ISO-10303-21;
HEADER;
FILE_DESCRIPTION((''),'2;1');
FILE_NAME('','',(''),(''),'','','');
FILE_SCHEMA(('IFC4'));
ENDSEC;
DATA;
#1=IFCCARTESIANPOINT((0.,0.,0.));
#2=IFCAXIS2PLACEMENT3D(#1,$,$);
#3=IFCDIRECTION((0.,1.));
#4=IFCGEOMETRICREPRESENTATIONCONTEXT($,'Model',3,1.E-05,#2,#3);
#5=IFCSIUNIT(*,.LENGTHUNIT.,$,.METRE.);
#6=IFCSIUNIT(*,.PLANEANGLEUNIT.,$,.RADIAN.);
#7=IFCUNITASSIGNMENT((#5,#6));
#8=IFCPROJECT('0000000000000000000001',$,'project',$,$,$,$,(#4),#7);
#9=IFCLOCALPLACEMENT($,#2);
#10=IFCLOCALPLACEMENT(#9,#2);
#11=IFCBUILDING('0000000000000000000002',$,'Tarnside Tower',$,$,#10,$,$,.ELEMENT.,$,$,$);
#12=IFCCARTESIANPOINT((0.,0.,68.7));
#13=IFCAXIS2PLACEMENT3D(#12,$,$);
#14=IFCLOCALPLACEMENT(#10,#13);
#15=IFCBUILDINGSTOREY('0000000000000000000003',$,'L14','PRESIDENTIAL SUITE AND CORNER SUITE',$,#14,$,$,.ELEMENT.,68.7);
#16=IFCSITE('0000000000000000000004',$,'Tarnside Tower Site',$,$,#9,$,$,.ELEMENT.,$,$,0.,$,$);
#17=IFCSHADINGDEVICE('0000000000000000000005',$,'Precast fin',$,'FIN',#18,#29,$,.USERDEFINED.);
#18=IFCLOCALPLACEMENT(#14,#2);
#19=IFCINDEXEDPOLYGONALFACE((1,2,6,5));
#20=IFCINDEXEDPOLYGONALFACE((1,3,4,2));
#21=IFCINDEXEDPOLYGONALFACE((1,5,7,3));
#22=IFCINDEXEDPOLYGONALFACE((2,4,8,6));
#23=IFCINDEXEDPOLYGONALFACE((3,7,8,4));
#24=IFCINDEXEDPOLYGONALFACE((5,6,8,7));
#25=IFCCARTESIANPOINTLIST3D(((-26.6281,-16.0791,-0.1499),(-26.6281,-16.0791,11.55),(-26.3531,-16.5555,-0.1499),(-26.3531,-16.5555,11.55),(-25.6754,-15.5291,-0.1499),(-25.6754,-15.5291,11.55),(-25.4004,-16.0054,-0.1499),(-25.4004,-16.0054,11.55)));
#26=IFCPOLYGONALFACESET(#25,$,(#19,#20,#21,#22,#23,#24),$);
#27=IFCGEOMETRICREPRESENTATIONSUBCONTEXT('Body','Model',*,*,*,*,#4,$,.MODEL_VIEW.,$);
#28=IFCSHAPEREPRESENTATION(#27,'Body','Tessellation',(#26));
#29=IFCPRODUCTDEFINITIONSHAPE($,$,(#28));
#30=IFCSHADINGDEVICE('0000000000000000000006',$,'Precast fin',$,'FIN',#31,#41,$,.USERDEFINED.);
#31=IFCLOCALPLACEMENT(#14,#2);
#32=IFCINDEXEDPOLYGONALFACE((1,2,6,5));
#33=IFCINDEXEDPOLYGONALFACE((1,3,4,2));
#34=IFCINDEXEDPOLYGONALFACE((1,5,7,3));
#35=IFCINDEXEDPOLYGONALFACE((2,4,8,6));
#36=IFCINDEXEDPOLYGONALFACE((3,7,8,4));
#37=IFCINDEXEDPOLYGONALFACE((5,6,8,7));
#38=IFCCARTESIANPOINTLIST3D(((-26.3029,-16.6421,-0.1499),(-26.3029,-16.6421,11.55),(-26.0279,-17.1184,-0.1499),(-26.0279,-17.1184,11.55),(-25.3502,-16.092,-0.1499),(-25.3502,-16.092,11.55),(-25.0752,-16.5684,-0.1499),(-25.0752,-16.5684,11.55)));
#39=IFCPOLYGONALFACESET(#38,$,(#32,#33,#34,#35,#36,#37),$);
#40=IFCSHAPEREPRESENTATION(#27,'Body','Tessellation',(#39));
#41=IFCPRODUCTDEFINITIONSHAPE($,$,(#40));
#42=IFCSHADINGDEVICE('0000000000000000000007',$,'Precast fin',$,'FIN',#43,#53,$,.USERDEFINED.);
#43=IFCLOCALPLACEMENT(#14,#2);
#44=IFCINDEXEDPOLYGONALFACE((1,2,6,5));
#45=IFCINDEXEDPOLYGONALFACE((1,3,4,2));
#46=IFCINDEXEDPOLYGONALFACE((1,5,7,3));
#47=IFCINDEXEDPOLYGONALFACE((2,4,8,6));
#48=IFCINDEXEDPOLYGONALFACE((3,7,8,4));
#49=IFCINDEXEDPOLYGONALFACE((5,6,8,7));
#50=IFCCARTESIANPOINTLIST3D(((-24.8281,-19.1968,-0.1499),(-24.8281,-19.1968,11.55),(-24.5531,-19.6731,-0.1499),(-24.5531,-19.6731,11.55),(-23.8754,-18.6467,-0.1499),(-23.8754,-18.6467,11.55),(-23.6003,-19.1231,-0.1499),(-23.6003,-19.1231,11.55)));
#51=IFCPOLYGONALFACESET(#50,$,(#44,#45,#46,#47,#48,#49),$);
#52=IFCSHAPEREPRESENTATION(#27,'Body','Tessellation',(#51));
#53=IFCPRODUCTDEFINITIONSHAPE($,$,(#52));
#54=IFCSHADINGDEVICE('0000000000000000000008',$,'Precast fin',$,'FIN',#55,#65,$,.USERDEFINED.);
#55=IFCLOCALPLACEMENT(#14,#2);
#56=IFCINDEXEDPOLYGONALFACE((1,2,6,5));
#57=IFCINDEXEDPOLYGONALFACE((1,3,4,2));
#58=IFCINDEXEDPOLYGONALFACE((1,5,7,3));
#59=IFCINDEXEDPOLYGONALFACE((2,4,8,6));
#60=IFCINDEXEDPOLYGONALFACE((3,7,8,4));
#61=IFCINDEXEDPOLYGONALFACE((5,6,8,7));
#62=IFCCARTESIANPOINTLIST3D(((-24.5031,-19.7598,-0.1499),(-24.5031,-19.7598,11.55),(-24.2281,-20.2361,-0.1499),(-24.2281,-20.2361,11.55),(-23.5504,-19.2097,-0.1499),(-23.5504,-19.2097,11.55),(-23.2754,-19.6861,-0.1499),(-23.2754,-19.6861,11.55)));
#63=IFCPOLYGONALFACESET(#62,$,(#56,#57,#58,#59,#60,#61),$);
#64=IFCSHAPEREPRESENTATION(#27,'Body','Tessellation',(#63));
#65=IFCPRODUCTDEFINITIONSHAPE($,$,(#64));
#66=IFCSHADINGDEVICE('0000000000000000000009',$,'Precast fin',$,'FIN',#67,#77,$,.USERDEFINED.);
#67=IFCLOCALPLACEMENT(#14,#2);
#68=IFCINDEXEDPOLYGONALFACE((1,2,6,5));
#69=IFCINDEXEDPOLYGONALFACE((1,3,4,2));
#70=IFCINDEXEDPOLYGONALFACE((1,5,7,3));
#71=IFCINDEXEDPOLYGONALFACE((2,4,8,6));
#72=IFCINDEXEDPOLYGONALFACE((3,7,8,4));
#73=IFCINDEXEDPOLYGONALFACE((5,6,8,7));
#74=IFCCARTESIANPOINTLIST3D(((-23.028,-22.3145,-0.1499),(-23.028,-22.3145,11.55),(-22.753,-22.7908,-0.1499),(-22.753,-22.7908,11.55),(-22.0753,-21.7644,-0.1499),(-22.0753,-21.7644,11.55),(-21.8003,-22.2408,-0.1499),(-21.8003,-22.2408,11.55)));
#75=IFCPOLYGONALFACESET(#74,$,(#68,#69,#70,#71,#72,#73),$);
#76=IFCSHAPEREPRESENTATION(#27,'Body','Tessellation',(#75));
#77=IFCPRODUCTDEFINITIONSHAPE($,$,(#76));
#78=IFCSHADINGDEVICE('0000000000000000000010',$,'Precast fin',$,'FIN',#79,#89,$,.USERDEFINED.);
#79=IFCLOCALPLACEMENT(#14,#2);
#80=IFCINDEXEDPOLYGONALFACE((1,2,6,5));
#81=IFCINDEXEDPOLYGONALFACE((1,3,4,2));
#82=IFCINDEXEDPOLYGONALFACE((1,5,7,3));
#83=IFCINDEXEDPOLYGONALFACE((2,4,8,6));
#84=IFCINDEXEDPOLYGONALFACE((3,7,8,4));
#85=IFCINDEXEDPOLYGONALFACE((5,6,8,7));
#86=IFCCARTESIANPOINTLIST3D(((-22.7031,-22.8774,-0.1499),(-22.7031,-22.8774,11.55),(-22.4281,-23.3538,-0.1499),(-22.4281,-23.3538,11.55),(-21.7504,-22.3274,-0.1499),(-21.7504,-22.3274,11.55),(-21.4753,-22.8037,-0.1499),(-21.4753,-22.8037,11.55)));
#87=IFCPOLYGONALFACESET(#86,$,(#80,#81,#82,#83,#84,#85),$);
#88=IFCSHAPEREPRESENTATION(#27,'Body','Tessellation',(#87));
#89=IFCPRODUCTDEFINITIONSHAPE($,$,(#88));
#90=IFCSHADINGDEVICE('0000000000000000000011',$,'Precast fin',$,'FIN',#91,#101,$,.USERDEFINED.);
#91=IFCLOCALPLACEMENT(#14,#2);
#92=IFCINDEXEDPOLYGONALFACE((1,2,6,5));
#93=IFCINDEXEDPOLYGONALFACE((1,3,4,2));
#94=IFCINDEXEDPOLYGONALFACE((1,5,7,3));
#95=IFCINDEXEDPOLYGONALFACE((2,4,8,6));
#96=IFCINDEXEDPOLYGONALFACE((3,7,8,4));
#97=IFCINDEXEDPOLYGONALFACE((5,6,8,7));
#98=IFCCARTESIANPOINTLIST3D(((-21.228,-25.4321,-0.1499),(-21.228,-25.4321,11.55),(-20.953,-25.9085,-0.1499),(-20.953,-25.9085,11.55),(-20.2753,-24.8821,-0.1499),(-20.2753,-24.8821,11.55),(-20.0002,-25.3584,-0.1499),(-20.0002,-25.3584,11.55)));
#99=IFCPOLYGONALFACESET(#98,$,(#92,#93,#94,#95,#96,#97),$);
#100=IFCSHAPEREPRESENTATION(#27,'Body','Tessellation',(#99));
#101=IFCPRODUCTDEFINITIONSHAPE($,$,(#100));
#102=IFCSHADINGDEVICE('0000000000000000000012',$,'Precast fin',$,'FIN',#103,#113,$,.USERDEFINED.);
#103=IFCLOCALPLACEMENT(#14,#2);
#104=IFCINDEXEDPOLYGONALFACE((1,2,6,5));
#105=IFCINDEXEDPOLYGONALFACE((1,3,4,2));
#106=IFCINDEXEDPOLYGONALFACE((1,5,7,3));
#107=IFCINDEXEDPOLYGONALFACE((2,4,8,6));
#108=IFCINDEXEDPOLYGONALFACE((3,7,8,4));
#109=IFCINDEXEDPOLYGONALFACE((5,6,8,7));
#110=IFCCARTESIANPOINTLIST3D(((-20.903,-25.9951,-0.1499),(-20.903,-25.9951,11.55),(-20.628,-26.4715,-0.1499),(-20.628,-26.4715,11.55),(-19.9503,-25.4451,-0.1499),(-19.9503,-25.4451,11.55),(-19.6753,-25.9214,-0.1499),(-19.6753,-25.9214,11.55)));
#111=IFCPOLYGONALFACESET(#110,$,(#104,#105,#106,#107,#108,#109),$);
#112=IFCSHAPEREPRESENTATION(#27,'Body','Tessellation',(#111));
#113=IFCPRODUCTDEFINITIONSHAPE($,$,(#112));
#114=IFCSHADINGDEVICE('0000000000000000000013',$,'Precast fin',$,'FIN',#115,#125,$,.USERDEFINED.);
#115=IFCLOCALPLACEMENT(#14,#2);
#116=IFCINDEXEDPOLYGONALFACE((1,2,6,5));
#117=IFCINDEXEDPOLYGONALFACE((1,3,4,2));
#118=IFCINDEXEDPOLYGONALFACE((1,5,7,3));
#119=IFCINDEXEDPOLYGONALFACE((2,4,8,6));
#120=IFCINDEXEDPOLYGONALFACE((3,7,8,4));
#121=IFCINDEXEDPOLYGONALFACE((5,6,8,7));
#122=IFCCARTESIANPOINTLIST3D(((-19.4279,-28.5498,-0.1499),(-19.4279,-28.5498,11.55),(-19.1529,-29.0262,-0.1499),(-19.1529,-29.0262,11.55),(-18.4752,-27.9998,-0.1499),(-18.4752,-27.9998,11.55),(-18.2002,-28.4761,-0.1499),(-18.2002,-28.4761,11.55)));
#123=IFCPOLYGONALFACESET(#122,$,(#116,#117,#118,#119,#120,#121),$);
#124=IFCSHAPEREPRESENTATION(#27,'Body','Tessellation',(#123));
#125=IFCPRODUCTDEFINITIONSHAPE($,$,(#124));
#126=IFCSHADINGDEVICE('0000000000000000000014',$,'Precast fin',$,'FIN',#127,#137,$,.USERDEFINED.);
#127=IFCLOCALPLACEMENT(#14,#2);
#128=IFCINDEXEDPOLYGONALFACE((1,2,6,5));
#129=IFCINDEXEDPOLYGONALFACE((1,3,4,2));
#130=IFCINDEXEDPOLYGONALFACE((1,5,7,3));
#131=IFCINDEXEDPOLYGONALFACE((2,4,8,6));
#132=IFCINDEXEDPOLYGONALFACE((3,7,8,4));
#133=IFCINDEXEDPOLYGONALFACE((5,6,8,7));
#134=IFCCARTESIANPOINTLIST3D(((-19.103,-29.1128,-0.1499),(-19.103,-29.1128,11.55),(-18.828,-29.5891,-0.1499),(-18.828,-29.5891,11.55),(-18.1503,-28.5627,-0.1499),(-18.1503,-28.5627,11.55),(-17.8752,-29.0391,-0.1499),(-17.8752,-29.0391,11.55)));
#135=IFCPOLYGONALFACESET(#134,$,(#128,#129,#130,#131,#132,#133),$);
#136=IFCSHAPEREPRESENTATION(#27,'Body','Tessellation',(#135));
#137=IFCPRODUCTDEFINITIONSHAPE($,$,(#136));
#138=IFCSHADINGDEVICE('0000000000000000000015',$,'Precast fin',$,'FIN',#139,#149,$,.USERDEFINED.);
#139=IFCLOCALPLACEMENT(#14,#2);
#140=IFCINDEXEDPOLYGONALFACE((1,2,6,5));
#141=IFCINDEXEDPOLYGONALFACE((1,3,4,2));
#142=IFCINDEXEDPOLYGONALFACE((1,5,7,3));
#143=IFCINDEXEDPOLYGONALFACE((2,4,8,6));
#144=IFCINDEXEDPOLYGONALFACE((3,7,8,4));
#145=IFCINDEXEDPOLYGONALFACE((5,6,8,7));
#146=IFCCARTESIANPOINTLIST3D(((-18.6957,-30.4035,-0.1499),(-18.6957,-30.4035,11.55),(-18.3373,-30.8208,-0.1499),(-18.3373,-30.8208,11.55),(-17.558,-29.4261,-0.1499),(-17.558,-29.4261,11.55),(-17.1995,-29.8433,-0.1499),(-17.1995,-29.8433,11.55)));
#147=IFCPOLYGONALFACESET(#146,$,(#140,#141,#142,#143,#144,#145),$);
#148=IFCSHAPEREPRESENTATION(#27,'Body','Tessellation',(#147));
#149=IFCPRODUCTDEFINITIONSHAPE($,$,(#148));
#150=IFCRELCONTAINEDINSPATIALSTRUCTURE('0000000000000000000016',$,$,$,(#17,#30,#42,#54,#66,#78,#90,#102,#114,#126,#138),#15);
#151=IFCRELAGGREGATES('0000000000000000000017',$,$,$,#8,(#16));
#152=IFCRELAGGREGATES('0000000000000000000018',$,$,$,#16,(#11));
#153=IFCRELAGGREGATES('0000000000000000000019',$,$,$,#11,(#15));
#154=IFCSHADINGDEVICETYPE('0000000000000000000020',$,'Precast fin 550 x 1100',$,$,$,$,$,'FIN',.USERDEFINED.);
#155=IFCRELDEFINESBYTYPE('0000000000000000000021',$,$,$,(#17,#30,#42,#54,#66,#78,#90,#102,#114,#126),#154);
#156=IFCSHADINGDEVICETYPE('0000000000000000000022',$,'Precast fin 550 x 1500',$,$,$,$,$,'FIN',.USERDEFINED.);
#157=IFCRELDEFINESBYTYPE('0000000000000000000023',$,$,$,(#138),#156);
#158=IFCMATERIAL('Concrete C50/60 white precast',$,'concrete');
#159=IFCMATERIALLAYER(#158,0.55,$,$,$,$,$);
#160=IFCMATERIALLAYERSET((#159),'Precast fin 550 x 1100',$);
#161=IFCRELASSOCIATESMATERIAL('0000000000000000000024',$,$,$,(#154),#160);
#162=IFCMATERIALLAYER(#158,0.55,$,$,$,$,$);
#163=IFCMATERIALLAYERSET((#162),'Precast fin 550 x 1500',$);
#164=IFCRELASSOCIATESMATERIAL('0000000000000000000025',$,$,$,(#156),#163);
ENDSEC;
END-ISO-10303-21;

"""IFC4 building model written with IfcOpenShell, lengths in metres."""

from ifc_helpers import new_model, si_unit, direction, frame, origin, place, context, subcontext, project, spatial, polyline, outline, extrude, material, layer, layer_set, type_object, element, save


model = new_model("IFC4")

# Units and contexts
model_context = context("Model", 3, precision=1e-05, world=origin(), true_north=direction((0.0, 1.0)))
body_context = subcontext(model_context, "Body", "Model", "MODEL_VIEW")
ifc_project = project(units=[si_unit("LENGTHUNIT", "METRE"), si_unit("PLANEANGLEUNIT", "RADIAN")], contexts=[model_context])

# Site, building, storey
site_placement = place(None, origin())
site = spatial("IfcSite", under=ifc_project, at=site_placement, Name="Tarnside Tower Site", CompositionType="ELEMENT", RefElevation=0.0)
building_placement = place(site_placement, origin())
building = spatial("IfcBuilding", under=site, at=building_placement, Name="Tarnside Tower", CompositionType="ELEMENT")
storey_placement = place(building_placement, frame((0.0, 0.0, 68.7)))
storey = spatial("IfcBuildingStorey", under=building, at=storey_placement, Name="L14", Description="PRESIDENTIAL SUITE AND CORNER SUITE", CompositionType="ELEMENT", Elevation=68.7)

# Shading devices
ifc_material_1 = material(Name="Concrete C50/60 white precast", Category="concrete")
ifc_layer_1 = layer(ifc_material_1, 0.55)
ifc_layer_set_1 = layer_set([ifc_layer_1], Name="Precast fin 550 x 1100")
shading_device_type_1 = type_object("IfcShadingDeviceType", Name="Precast fin 550 x 1100", ElementType="FIN", PredefinedType="USERDEFINED", material=ifc_layer_set_1)
for number, where, z_axis, x_axis, name in (
    (1, (-25.5378, -15.7673, -0.1499), (-0.5, 0.866025, 0.0), (-0.866025, -0.5, 0.0), "Precast fin"),
    (2, (-25.2126, -16.3303, -0.1499), (-0.5, 0.866025, 0.0), (-0.866025, -0.5, 0.0), "Precast fin"),
    (3, (-23.7378, -18.885, -0.1499), (-0.5, 0.866025, 0.0), (-0.866025, -0.5, 0.0), "Precast fin"),
    (4, (-23.4128, -19.448, -0.1499), (-0.5, 0.866025, 0.0), (-0.866025, -0.5, 0.0), "Precast fin"),
    (5, (-21.9377, -22.0027, -0.1499), (-0.5, 0.866025, 0.0), (-0.866025, -0.5, 0.0), "Precast fin"),
    (6, (-21.6128, -22.5657, -0.1499), (-0.5, 0.866025, 0.0), (-0.866025, -0.5, 0.0), "Precast fin"),
    (7, (-20.1377, -25.1204, -0.1499), (-0.5, 0.866025, 0.0), (-0.866025, -0.5, 0.0), "Precast fin"),
    (8, (-19.8127, -25.6833, -0.1499), (-0.5, 0.866025, 0.0), (-0.866025, -0.5, 0.0), "Precast fin"),
    (9, (-18.3376, -28.238, -0.1499), (-0.5, 0.866025, 0.0), (-0.866025, -0.5, 0.0), "Precast fin"),
    (10, (-18.0127, -28.801, -0.1499), (-0.5, 0.866025, 0.0), (-0.866025, -0.5, 0.0), "Precast fin"),
):
    element("IfcShadingDevice", number, at=place(storey_placement, frame(where, z_axis=z_axis, x_axis=x_axis)), inside=storey, type_object=shading_device_type_1, Name=name, ObjectType="FIN", PredefinedType="USERDEFINED", context=body_context, shape_type="SweptSolid", body=[
        extrude(outline(polyline([(0.0, 0.0), (1.1001, 0.0), (1.1001, 11.7), (0.0, 11.7), (0.0, 0.0)])), frame((0.0, 0.0, -0.2749)), (0.0, 0.0, 1.0), 0.55),
    ])
ifc_layer_2 = layer(ifc_material_1, 0.55)
ifc_layer_set_2 = layer_set([ifc_layer_2], Name="Precast fin 550 x 1500")
shading_device_type_2 = type_object("IfcShadingDeviceType", Name="Precast fin 550 x 1500", ElementType="FIN", PredefinedType="USERDEFINED", material=ifc_layer_set_2)
shading_device_placement = place(storey_placement, frame((-17.3787, -29.6348, -0.1499), z_axis=(-0.651657, 0.758514, 0.0), x_axis=(-0.758514, -0.651657, 0.0)))
element("IfcShadingDevice", 11, at=shading_device_placement, inside=storey, type_object=shading_device_type_2, Name="Precast fin", ObjectType="FIN", PredefinedType="USERDEFINED", context=body_context, shape_type="SweptSolid", body=[
    extrude(outline(polyline([(0.0, 0.0), (1.5, 0.0), (1.5, 11.7), (0.0, 11.7), (0.0, 0.0)])), frame((0.0, 0.0, -0.2749)), (0.0, 0.0, 1.0), 0.55),
])

save(model, "model.ifc")
